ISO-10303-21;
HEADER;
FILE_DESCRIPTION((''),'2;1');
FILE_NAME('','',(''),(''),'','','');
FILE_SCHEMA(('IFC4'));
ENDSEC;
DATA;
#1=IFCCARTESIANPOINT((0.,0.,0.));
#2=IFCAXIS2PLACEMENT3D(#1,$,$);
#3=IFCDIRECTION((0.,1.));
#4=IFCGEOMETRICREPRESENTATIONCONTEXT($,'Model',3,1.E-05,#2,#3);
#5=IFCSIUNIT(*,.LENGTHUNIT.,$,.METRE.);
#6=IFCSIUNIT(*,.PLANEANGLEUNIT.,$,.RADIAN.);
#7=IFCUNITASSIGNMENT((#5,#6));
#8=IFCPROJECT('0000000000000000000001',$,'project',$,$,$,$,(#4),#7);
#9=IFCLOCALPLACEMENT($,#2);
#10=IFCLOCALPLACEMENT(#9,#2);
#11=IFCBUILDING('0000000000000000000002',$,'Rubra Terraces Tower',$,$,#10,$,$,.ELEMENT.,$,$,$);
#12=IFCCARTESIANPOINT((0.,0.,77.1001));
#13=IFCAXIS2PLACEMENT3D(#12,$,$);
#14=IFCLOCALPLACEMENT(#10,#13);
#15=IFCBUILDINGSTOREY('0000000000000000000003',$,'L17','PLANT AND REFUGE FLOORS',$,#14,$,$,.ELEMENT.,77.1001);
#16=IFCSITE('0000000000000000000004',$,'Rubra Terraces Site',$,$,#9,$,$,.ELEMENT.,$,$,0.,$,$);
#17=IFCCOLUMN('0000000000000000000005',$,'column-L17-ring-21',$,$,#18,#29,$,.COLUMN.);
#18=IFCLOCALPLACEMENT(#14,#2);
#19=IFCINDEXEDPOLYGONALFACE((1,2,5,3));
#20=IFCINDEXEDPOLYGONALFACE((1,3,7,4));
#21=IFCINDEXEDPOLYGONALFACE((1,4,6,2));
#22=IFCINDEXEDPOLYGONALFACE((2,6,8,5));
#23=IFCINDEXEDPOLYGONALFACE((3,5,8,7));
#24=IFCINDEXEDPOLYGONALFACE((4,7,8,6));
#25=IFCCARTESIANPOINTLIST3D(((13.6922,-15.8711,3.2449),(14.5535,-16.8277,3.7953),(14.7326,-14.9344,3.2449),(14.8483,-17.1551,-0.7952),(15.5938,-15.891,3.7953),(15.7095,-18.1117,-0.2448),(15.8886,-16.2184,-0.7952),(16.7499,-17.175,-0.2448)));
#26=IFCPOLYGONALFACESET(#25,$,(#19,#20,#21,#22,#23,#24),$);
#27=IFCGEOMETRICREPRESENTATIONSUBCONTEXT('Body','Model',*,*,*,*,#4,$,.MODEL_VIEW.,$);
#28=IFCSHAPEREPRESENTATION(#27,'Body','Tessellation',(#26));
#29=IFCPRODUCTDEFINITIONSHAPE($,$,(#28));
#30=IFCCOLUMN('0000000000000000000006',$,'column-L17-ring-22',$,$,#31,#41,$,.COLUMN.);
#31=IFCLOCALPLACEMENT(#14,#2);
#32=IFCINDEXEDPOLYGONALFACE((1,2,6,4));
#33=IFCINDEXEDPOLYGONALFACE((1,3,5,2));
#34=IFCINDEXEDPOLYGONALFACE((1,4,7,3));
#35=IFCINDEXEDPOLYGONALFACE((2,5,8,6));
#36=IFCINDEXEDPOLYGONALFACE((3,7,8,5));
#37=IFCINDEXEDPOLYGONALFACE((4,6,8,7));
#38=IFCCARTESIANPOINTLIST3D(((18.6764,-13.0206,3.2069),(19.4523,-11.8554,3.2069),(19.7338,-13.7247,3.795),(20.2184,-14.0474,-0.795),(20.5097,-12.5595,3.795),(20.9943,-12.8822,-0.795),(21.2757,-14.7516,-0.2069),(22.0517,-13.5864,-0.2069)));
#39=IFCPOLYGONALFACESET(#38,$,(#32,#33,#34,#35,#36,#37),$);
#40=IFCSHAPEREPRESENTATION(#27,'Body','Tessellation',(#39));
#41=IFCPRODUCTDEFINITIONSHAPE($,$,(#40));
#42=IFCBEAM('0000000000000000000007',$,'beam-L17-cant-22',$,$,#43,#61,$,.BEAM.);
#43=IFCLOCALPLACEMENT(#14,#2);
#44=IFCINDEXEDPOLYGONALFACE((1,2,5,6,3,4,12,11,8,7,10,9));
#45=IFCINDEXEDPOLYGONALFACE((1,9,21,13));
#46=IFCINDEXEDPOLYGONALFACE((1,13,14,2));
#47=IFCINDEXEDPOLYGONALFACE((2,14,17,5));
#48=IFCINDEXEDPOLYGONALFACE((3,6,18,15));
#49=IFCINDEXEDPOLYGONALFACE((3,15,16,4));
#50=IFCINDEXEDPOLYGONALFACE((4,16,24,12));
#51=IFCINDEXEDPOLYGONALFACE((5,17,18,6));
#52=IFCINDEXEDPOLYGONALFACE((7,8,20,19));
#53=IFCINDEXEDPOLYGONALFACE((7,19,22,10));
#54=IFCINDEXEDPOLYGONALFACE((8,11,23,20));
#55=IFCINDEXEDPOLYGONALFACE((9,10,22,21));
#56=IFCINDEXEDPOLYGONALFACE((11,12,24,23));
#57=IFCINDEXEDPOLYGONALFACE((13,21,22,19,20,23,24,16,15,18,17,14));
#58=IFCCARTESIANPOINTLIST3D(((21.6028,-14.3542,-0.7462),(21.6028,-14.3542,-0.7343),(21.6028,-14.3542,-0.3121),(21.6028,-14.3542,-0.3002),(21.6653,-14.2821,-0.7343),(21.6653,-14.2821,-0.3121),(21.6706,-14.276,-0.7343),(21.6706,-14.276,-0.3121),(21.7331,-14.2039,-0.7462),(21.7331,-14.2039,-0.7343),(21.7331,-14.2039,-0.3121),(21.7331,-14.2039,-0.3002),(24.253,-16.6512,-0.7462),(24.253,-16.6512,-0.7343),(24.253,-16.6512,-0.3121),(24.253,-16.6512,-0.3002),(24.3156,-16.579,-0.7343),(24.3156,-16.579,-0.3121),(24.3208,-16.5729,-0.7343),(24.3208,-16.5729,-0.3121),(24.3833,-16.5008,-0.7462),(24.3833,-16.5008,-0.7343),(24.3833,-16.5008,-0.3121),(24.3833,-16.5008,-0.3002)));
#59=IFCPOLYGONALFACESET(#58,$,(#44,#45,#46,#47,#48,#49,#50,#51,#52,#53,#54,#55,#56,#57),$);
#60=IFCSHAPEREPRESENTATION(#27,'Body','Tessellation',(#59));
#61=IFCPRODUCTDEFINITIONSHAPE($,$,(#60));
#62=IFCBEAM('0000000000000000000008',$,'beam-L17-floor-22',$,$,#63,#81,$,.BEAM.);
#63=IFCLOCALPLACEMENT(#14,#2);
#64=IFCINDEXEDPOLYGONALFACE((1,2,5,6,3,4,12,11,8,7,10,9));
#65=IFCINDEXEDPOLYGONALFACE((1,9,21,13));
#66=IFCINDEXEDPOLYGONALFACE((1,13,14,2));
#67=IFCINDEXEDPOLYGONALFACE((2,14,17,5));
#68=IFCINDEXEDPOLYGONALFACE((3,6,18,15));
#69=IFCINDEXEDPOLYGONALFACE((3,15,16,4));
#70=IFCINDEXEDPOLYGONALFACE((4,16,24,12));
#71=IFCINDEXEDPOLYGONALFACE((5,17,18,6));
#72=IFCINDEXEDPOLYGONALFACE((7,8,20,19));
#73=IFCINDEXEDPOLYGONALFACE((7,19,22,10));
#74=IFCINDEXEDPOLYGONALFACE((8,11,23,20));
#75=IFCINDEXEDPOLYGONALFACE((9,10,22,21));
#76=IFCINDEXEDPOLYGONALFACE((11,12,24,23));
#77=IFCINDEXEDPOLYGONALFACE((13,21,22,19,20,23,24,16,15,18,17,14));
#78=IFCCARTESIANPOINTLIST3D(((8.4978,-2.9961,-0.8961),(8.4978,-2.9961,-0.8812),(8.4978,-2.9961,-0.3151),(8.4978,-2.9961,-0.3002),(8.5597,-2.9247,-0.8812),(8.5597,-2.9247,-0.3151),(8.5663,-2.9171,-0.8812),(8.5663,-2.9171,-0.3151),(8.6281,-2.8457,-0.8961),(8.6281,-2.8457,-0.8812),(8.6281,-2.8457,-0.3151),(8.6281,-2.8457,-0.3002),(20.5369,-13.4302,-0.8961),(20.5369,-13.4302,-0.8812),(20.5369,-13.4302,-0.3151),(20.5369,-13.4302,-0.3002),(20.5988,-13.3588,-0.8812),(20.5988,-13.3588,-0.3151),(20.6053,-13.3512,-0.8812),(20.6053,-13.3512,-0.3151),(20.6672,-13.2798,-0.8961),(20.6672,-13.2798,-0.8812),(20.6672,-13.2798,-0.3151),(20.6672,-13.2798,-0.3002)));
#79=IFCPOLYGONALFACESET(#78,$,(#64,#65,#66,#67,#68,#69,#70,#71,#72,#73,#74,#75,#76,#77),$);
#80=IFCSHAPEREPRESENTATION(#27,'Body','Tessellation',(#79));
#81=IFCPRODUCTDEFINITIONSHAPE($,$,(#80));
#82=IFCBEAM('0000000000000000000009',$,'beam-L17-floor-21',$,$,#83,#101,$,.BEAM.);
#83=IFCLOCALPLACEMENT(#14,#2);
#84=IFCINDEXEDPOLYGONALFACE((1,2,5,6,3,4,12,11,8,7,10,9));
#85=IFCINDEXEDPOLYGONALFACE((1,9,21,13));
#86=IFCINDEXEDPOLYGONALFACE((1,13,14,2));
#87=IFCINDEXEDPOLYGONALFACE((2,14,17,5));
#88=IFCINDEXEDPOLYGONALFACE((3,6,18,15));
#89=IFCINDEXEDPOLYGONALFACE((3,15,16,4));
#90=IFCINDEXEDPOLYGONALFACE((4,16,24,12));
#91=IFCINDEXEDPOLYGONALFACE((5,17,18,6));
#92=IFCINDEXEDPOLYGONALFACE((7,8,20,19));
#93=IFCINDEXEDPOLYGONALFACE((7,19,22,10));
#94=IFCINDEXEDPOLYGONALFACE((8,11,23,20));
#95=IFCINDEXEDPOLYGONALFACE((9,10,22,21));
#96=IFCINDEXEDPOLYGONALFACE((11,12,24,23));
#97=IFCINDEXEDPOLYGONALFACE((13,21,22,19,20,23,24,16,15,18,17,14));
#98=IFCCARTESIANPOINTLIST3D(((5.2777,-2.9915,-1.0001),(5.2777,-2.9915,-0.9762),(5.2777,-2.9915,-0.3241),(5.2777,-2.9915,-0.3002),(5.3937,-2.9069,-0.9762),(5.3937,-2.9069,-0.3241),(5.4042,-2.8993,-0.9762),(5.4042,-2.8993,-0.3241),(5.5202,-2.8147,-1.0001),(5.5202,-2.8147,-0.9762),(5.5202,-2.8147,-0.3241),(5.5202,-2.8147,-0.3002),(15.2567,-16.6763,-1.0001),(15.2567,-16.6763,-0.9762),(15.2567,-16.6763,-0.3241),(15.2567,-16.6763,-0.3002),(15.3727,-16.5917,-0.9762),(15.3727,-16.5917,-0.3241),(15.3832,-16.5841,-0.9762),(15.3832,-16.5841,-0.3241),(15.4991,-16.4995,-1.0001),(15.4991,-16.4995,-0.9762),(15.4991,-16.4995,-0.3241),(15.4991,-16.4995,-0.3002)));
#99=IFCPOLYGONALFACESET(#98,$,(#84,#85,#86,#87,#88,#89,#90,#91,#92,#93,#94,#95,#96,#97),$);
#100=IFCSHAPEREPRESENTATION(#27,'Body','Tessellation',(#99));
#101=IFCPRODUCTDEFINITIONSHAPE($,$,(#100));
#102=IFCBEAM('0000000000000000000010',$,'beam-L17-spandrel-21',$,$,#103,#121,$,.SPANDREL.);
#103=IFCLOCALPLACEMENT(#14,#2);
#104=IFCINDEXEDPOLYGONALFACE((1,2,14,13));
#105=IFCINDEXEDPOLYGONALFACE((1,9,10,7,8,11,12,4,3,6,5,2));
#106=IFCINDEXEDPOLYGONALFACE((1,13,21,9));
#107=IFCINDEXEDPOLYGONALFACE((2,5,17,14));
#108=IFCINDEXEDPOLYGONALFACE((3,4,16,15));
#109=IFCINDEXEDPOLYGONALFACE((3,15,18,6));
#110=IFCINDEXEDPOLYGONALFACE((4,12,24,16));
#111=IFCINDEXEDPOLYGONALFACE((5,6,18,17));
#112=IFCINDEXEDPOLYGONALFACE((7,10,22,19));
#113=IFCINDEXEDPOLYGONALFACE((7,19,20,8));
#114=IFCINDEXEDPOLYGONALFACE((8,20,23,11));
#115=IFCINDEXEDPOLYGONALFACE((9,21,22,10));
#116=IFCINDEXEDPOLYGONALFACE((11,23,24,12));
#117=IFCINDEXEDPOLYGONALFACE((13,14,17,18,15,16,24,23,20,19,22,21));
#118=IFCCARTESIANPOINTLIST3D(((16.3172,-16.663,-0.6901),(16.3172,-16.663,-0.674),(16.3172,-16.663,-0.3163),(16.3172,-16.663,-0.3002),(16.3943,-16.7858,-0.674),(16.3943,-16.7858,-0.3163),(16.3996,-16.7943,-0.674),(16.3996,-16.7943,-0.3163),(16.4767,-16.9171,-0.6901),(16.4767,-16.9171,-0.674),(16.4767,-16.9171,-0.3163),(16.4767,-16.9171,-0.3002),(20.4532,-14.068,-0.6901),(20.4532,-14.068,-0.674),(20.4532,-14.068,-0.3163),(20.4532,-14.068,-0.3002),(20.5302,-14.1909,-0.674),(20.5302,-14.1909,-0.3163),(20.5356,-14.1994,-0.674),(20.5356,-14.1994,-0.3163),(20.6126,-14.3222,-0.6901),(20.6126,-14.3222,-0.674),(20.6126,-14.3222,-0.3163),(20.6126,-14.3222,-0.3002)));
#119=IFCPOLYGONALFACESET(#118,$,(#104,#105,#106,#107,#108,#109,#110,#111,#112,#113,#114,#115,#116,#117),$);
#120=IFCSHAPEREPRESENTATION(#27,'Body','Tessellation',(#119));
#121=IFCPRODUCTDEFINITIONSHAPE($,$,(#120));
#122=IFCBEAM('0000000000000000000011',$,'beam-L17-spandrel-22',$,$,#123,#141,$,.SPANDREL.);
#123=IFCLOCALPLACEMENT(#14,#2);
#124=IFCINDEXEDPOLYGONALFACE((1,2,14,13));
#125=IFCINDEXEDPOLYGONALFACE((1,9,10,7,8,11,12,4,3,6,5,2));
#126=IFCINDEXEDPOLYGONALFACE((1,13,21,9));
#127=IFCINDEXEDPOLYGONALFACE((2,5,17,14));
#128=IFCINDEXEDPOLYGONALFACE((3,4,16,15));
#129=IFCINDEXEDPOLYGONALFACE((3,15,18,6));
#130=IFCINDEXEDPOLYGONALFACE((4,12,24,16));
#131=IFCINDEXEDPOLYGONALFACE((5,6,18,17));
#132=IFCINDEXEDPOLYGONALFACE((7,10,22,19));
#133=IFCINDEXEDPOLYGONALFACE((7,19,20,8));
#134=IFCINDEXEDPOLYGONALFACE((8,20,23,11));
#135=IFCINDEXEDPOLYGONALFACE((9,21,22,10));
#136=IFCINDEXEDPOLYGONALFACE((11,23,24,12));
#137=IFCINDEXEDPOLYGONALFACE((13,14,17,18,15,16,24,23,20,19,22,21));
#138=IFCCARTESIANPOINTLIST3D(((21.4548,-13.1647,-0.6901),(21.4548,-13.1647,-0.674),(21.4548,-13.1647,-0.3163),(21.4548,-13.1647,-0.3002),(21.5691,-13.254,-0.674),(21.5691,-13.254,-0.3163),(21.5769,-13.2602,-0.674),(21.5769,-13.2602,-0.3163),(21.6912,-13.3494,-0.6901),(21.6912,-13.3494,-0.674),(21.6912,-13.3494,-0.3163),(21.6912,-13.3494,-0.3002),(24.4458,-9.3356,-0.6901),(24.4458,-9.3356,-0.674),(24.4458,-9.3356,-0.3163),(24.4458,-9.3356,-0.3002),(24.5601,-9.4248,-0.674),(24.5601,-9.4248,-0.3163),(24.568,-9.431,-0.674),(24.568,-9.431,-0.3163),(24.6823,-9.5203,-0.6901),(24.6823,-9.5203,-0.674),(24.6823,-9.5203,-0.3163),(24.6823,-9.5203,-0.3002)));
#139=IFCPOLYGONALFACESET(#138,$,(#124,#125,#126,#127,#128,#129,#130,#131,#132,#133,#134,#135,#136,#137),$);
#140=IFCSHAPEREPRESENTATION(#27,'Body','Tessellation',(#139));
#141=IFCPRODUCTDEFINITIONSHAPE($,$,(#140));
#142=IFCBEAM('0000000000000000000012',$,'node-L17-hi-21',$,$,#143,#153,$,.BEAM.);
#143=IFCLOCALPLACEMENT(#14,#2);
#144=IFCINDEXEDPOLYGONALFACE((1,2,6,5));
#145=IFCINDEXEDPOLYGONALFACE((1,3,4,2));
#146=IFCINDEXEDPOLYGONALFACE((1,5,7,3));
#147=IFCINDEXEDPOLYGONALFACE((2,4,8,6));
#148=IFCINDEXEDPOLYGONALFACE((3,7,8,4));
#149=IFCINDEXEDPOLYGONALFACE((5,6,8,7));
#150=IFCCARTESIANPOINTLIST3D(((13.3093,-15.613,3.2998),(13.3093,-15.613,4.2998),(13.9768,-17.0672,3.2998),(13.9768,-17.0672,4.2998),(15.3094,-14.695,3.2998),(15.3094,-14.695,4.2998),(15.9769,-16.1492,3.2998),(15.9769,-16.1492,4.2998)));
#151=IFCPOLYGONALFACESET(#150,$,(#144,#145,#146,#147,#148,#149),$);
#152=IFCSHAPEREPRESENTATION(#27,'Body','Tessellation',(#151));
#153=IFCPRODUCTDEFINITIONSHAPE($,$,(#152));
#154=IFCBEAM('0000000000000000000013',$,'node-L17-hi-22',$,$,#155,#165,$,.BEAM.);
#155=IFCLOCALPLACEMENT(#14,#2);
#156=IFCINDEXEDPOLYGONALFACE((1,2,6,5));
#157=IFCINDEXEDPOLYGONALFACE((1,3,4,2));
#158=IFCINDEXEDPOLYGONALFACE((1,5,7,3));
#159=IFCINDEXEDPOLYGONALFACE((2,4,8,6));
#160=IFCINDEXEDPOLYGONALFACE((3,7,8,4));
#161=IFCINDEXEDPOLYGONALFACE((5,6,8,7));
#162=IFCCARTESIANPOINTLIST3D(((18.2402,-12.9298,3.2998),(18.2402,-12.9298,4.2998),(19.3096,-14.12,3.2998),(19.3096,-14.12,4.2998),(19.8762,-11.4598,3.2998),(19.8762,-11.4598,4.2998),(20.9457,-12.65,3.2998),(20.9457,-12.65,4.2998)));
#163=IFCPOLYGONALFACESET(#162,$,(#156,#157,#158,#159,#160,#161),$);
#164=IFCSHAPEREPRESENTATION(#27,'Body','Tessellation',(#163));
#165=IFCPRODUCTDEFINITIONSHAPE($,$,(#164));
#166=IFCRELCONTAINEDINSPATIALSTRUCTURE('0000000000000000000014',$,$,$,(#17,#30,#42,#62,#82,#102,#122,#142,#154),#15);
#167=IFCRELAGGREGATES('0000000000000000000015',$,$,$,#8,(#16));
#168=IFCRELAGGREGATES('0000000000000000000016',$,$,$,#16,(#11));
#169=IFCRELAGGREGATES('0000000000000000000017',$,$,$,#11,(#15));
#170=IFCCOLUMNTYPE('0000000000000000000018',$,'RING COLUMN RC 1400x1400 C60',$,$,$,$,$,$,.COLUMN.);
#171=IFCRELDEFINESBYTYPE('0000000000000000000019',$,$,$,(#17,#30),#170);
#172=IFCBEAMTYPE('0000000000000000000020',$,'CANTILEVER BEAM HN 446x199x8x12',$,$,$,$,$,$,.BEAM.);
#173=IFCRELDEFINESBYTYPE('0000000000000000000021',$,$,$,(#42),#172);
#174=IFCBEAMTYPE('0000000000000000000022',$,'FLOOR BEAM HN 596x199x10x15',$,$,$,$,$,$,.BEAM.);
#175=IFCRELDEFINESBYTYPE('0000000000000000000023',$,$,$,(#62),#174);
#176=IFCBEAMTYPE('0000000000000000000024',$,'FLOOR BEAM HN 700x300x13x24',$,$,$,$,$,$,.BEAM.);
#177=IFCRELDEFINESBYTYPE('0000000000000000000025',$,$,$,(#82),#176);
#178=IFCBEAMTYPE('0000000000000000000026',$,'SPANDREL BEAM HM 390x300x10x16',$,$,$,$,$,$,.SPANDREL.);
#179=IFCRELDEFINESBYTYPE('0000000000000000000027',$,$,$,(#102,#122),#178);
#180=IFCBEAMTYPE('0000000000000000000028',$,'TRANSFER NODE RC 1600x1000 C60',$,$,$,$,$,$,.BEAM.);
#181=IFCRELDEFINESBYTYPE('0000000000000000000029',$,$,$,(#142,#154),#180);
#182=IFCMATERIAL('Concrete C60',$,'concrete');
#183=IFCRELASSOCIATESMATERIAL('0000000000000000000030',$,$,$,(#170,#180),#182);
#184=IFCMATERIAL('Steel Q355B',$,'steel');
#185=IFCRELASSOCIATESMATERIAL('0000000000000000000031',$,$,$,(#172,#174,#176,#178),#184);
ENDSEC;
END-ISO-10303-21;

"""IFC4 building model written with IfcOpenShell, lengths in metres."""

from ifc_helpers import new_model, si_unit, direction, frame, origin, origin_2d, place, context, subcontext, project, spatial, rectangle, i_section, extrude, material, material_profile, profile_set, type_object, element, save


model = new_model("IFC4")

# Units and contexts
model_context = context("Model", 3, precision=1e-05, world=origin(), true_north=direction((0.0, 1.0)))
body_context = subcontext(model_context, "Body", "Model", "MODEL_VIEW")
ifc_project = project(units=[si_unit("LENGTHUNIT", "METRE"), si_unit("PLANEANGLEUNIT", "RADIAN")], contexts=[model_context])

# Site, building, storey
site_placement = place(None, origin())
site = spatial("IfcSite", under=ifc_project, at=site_placement, Name="Rubra Terraces Site", CompositionType="ELEMENT", RefElevation=0.0)
building_placement = place(site_placement, origin())
building = spatial("IfcBuilding", under=site, at=building_placement, Name="Rubra Terraces Tower", CompositionType="ELEMENT")
storey_placement = place(building_placement, frame((0.0, 0.0, 77.1001)))
storey = spatial("IfcBuildingStorey", under=building, at=storey_placement, Name="L17", Description="PLANT AND REFUGE FLOORS", CompositionType="ELEMENT", Elevation=77.1001)

# Columns
ifc_material_1 = material(Name="Concrete C60", Category="concrete")
ifc_material_profile_1 = material_profile(ifc_material_1, rectangle(XDim=1.3999, YDim=1.3999, at=origin_2d()), Name="RC 1400x1400")
ifc_profile_set_1 = profile_set([ifc_material_profile_1], Name="Concrete C60")
column_type = type_object("IfcColumnType", Name="RING COLUMN RC 1400x1400 C60", PredefinedType="COLUMN", material=ifc_profile_set_1)
column_1_placement = place(storey_placement, frame((15.7991, -17.165, -0.52), z_axis=(-0.263091, 0.292206, 0.919456), x_axis=(-0.743161, -0.669113, 0.0)))
element("IfcColumn", 1, at=column_1_placement, inside=storey, type_object=column_type, Name="column-L17-ring-21", PredefinedType="COLUMN", context=body_context, shape_type="SweptSolid", body=[
    extrude(rectangle(XDim=1.3999, YDim=1.3999, at=origin_2d()), origin(), (0.0, 0.0, 1.0), 4.394),
])
column_2_placement = place(storey_placement, frame((21.135, -13.8169, -0.501), z_axis=(-0.349661, 0.232849, 0.907479), x_axis=(-0.554274, -0.832334, 0.0)))
element("IfcColumn", 2, at=column_2_placement, inside=storey, type_object=column_type, Name="column-L17-ring-22", PredefinedType="COLUMN", context=body_context, shape_type="SweptSolid", body=[
    extrude(rectangle(XDim=1.3999, YDim=1.3999, at=origin_2d()), origin(), (0.0, 0.0, 1.0), 4.4099),
])

# Beams
ifc_material_2 = material(Name="Steel Q355B", Category="steel")
ifc_material_profile_2 = material_profile(ifc_material_2, i_section(OverallWidth=0.199, OverallDepth=0.446, WebThickness=0.0081, FlangeThickness=0.012, at=origin_2d()), Name="HN 446x199x8x12")
ifc_profile_set_2 = profile_set([ifc_material_profile_2], Name="Steel Q355B")
beam_type_1 = type_object("IfcBeamType", Name="CANTILEVER BEAM HN 446x199x8x12", PredefinedType="BEAM", material=ifc_profile_set_2)
beam_1_placement = place(storey_placement, frame((21.668, -14.2791, -0.5232), z_axis=(0.755678, -0.654944, 0.0), x_axis=(0.654944, 0.755678, 0.0)))
element("IfcBeam", 3, at=beam_1_placement, inside=storey, type_object=beam_type_1, Name="beam-L17-cant-22", PredefinedType="BEAM", context=body_context, shape_type="SweptSolid", body=[
    extrude(i_section(OverallWidth=0.199, OverallDepth=0.446, WebThickness=0.0081, FlangeThickness=0.012, at=origin_2d()), origin(), (0.0, 0.0, 1.0), 3.5071),
])
ifc_material_profile_3 = material_profile(ifc_material_2, i_section(OverallWidth=0.199, OverallDepth=0.5959, WebThickness=0.01, FlangeThickness=0.0149, at=origin_2d()), Name="HN 596x199x10x15")
ifc_profile_set_3 = profile_set([ifc_material_profile_3], Name="Steel Q355B")
beam_type_2 = type_object("IfcBeamType", Name="FLOOR BEAM HN 596x199x10x15", PredefinedType="BEAM", material=ifc_profile_set_3)
beam_2_placement = place(storey_placement, frame((20.6021, -13.355, -0.5981), z_axis=(-0.755682, 0.654939, 0.0), x_axis=(-0.654939, -0.755682, 0.0)))
element("IfcBeam", 4, at=beam_2_placement, inside=storey, type_object=beam_type_2, Name="beam-L17-floor-22", PredefinedType="BEAM", context=body_context, shape_type="SweptSolid", body=[
    extrude(i_section(OverallWidth=0.199, OverallDepth=0.5959, WebThickness=0.01, FlangeThickness=0.0149, at=origin_2d()), origin(), (0.0, 0.0, 1.0), 15.9314),
])
ifc_material_profile_4 = material_profile(ifc_material_2, i_section(OverallWidth=0.3, OverallDepth=0.7, WebThickness=0.0129, FlangeThickness=0.0239, at=origin_2d()), Name="HN 700x300x13x24")
ifc_profile_set_4 = profile_set([ifc_material_profile_4], Name="Steel Q355B")
beam_type_3 = type_object("IfcBeamType", Name="FLOOR BEAM HN 700x300x13x24", PredefinedType="BEAM", material=ifc_profile_set_4)
beam_3_placement = place(storey_placement, frame((15.3779, -16.5879, -0.6501), z_axis=(-0.589191, 0.807994, 0.0), x_axis=(-0.807994, -0.589191, 0.0)))
element("IfcBeam", 5, at=beam_3_placement, inside=storey, type_object=beam_type_3, Name="beam-L17-floor-21", PredefinedType="BEAM", context=body_context, shape_type="SweptSolid", body=[
    extrude(i_section(OverallWidth=0.3, OverallDepth=0.7, WebThickness=0.0129, FlangeThickness=0.0239, at=origin_2d()), origin(), (0.0, 0.0, 1.0), 16.9368),
])
ifc_material_profile_5 = material_profile(ifc_material_2, i_section(OverallWidth=0.3, OverallDepth=0.3899, WebThickness=0.01, FlangeThickness=0.0161, at=origin_2d()), Name="HM 390x300x10x16")
ifc_profile_set_5 = profile_set([ifc_material_profile_5], Name="Steel Q355B")
beam_type_4 = type_object("IfcBeamType", Name="SPANDREL BEAM HM 390x300x10x16", PredefinedType="SPANDREL", material=ifc_profile_set_5)
beam_4_placement = place(storey_placement, frame((16.397, -16.79, -0.4951), z_axis=(0.847078, 0.531468, 0.0), x_axis=(-0.531468, 0.847078, 0.0)))
element("IfcBeam", 6, at=beam_4_placement, inside=storey, type_object=beam_type_4, Name="beam-L17-spandrel-21", PredefinedType="SPANDREL", context=body_context, shape_type="SweptSolid", body=[
    extrude(i_section(OverallWidth=0.3, OverallDepth=0.3899, WebThickness=0.01, FlangeThickness=0.0161, at=origin_2d()), origin(), (0.0, 0.0, 1.0), 4.8826),
])
beam_5_placement = place(storey_placement, frame((21.573, -13.2571, -0.4951), z_axis=(0.615578, 0.788076, 0.0), x_axis=(-0.788076, 0.615578, 0.0)))
element("IfcBeam", 7, at=beam_5_placement, inside=storey, type_object=beam_type_4, Name="beam-L17-spandrel-22", PredefinedType="SPANDREL", context=body_context, shape_type="SweptSolid", body=[
    extrude(i_section(OverallWidth=0.3, OverallDepth=0.3899, WebThickness=0.01, FlangeThickness=0.0161, at=origin_2d()), origin(), (0.0, 0.0, 1.0), 4.8589),
])
ifc_material_profile_6 = material_profile(ifc_material_1, rectangle(XDim=1.6001, YDim=1.0, at=origin_2d()), Name="RC 1600x1000")
ifc_profile_set_6 = profile_set([ifc_material_profile_6], Name="Concrete C60")
beam_type_5 = type_object("IfcBeamType", Name="TRANSFER NODE RC 1600x1000 C60", PredefinedType="BEAM", material=ifc_profile_set_6)
beam_6_placement = place(storey_placement, frame((13.6431, -16.3401, 3.7998), z_axis=(0.908841, 0.417144, 0.0), x_axis=(-0.417144, 0.908841, 0.0)))
element("IfcBeam", 8, at=beam_6_placement, inside=storey, type_object=beam_type_5, Name="node-L17-hi-21", PredefinedType="BEAM", context=body_context, shape_type="SweptSolid", body=[
    extrude(rectangle(XDim=1.6001, YDim=1.0, at=origin_2d()), origin(), (0.0, 0.0, 1.0), 2.2007),
])
beam_7_placement = place(storey_placement, frame((18.7749, -13.5249, 3.7998), z_axis=(0.74384, 0.668357, 0.0), x_axis=(-0.668357, 0.74384, 0.0)))
element("IfcBeam", 9, at=beam_7_placement, inside=storey, type_object=beam_type_5, Name="node-L17-hi-22", PredefinedType="BEAM", context=body_context, shape_type="SweptSolid", body=[
    extrude(rectangle(XDim=1.6001, YDim=1.0, at=origin_2d()), origin(), (0.0, 0.0, 1.0), 2.1995),
])

save(model, "model.ifc")
